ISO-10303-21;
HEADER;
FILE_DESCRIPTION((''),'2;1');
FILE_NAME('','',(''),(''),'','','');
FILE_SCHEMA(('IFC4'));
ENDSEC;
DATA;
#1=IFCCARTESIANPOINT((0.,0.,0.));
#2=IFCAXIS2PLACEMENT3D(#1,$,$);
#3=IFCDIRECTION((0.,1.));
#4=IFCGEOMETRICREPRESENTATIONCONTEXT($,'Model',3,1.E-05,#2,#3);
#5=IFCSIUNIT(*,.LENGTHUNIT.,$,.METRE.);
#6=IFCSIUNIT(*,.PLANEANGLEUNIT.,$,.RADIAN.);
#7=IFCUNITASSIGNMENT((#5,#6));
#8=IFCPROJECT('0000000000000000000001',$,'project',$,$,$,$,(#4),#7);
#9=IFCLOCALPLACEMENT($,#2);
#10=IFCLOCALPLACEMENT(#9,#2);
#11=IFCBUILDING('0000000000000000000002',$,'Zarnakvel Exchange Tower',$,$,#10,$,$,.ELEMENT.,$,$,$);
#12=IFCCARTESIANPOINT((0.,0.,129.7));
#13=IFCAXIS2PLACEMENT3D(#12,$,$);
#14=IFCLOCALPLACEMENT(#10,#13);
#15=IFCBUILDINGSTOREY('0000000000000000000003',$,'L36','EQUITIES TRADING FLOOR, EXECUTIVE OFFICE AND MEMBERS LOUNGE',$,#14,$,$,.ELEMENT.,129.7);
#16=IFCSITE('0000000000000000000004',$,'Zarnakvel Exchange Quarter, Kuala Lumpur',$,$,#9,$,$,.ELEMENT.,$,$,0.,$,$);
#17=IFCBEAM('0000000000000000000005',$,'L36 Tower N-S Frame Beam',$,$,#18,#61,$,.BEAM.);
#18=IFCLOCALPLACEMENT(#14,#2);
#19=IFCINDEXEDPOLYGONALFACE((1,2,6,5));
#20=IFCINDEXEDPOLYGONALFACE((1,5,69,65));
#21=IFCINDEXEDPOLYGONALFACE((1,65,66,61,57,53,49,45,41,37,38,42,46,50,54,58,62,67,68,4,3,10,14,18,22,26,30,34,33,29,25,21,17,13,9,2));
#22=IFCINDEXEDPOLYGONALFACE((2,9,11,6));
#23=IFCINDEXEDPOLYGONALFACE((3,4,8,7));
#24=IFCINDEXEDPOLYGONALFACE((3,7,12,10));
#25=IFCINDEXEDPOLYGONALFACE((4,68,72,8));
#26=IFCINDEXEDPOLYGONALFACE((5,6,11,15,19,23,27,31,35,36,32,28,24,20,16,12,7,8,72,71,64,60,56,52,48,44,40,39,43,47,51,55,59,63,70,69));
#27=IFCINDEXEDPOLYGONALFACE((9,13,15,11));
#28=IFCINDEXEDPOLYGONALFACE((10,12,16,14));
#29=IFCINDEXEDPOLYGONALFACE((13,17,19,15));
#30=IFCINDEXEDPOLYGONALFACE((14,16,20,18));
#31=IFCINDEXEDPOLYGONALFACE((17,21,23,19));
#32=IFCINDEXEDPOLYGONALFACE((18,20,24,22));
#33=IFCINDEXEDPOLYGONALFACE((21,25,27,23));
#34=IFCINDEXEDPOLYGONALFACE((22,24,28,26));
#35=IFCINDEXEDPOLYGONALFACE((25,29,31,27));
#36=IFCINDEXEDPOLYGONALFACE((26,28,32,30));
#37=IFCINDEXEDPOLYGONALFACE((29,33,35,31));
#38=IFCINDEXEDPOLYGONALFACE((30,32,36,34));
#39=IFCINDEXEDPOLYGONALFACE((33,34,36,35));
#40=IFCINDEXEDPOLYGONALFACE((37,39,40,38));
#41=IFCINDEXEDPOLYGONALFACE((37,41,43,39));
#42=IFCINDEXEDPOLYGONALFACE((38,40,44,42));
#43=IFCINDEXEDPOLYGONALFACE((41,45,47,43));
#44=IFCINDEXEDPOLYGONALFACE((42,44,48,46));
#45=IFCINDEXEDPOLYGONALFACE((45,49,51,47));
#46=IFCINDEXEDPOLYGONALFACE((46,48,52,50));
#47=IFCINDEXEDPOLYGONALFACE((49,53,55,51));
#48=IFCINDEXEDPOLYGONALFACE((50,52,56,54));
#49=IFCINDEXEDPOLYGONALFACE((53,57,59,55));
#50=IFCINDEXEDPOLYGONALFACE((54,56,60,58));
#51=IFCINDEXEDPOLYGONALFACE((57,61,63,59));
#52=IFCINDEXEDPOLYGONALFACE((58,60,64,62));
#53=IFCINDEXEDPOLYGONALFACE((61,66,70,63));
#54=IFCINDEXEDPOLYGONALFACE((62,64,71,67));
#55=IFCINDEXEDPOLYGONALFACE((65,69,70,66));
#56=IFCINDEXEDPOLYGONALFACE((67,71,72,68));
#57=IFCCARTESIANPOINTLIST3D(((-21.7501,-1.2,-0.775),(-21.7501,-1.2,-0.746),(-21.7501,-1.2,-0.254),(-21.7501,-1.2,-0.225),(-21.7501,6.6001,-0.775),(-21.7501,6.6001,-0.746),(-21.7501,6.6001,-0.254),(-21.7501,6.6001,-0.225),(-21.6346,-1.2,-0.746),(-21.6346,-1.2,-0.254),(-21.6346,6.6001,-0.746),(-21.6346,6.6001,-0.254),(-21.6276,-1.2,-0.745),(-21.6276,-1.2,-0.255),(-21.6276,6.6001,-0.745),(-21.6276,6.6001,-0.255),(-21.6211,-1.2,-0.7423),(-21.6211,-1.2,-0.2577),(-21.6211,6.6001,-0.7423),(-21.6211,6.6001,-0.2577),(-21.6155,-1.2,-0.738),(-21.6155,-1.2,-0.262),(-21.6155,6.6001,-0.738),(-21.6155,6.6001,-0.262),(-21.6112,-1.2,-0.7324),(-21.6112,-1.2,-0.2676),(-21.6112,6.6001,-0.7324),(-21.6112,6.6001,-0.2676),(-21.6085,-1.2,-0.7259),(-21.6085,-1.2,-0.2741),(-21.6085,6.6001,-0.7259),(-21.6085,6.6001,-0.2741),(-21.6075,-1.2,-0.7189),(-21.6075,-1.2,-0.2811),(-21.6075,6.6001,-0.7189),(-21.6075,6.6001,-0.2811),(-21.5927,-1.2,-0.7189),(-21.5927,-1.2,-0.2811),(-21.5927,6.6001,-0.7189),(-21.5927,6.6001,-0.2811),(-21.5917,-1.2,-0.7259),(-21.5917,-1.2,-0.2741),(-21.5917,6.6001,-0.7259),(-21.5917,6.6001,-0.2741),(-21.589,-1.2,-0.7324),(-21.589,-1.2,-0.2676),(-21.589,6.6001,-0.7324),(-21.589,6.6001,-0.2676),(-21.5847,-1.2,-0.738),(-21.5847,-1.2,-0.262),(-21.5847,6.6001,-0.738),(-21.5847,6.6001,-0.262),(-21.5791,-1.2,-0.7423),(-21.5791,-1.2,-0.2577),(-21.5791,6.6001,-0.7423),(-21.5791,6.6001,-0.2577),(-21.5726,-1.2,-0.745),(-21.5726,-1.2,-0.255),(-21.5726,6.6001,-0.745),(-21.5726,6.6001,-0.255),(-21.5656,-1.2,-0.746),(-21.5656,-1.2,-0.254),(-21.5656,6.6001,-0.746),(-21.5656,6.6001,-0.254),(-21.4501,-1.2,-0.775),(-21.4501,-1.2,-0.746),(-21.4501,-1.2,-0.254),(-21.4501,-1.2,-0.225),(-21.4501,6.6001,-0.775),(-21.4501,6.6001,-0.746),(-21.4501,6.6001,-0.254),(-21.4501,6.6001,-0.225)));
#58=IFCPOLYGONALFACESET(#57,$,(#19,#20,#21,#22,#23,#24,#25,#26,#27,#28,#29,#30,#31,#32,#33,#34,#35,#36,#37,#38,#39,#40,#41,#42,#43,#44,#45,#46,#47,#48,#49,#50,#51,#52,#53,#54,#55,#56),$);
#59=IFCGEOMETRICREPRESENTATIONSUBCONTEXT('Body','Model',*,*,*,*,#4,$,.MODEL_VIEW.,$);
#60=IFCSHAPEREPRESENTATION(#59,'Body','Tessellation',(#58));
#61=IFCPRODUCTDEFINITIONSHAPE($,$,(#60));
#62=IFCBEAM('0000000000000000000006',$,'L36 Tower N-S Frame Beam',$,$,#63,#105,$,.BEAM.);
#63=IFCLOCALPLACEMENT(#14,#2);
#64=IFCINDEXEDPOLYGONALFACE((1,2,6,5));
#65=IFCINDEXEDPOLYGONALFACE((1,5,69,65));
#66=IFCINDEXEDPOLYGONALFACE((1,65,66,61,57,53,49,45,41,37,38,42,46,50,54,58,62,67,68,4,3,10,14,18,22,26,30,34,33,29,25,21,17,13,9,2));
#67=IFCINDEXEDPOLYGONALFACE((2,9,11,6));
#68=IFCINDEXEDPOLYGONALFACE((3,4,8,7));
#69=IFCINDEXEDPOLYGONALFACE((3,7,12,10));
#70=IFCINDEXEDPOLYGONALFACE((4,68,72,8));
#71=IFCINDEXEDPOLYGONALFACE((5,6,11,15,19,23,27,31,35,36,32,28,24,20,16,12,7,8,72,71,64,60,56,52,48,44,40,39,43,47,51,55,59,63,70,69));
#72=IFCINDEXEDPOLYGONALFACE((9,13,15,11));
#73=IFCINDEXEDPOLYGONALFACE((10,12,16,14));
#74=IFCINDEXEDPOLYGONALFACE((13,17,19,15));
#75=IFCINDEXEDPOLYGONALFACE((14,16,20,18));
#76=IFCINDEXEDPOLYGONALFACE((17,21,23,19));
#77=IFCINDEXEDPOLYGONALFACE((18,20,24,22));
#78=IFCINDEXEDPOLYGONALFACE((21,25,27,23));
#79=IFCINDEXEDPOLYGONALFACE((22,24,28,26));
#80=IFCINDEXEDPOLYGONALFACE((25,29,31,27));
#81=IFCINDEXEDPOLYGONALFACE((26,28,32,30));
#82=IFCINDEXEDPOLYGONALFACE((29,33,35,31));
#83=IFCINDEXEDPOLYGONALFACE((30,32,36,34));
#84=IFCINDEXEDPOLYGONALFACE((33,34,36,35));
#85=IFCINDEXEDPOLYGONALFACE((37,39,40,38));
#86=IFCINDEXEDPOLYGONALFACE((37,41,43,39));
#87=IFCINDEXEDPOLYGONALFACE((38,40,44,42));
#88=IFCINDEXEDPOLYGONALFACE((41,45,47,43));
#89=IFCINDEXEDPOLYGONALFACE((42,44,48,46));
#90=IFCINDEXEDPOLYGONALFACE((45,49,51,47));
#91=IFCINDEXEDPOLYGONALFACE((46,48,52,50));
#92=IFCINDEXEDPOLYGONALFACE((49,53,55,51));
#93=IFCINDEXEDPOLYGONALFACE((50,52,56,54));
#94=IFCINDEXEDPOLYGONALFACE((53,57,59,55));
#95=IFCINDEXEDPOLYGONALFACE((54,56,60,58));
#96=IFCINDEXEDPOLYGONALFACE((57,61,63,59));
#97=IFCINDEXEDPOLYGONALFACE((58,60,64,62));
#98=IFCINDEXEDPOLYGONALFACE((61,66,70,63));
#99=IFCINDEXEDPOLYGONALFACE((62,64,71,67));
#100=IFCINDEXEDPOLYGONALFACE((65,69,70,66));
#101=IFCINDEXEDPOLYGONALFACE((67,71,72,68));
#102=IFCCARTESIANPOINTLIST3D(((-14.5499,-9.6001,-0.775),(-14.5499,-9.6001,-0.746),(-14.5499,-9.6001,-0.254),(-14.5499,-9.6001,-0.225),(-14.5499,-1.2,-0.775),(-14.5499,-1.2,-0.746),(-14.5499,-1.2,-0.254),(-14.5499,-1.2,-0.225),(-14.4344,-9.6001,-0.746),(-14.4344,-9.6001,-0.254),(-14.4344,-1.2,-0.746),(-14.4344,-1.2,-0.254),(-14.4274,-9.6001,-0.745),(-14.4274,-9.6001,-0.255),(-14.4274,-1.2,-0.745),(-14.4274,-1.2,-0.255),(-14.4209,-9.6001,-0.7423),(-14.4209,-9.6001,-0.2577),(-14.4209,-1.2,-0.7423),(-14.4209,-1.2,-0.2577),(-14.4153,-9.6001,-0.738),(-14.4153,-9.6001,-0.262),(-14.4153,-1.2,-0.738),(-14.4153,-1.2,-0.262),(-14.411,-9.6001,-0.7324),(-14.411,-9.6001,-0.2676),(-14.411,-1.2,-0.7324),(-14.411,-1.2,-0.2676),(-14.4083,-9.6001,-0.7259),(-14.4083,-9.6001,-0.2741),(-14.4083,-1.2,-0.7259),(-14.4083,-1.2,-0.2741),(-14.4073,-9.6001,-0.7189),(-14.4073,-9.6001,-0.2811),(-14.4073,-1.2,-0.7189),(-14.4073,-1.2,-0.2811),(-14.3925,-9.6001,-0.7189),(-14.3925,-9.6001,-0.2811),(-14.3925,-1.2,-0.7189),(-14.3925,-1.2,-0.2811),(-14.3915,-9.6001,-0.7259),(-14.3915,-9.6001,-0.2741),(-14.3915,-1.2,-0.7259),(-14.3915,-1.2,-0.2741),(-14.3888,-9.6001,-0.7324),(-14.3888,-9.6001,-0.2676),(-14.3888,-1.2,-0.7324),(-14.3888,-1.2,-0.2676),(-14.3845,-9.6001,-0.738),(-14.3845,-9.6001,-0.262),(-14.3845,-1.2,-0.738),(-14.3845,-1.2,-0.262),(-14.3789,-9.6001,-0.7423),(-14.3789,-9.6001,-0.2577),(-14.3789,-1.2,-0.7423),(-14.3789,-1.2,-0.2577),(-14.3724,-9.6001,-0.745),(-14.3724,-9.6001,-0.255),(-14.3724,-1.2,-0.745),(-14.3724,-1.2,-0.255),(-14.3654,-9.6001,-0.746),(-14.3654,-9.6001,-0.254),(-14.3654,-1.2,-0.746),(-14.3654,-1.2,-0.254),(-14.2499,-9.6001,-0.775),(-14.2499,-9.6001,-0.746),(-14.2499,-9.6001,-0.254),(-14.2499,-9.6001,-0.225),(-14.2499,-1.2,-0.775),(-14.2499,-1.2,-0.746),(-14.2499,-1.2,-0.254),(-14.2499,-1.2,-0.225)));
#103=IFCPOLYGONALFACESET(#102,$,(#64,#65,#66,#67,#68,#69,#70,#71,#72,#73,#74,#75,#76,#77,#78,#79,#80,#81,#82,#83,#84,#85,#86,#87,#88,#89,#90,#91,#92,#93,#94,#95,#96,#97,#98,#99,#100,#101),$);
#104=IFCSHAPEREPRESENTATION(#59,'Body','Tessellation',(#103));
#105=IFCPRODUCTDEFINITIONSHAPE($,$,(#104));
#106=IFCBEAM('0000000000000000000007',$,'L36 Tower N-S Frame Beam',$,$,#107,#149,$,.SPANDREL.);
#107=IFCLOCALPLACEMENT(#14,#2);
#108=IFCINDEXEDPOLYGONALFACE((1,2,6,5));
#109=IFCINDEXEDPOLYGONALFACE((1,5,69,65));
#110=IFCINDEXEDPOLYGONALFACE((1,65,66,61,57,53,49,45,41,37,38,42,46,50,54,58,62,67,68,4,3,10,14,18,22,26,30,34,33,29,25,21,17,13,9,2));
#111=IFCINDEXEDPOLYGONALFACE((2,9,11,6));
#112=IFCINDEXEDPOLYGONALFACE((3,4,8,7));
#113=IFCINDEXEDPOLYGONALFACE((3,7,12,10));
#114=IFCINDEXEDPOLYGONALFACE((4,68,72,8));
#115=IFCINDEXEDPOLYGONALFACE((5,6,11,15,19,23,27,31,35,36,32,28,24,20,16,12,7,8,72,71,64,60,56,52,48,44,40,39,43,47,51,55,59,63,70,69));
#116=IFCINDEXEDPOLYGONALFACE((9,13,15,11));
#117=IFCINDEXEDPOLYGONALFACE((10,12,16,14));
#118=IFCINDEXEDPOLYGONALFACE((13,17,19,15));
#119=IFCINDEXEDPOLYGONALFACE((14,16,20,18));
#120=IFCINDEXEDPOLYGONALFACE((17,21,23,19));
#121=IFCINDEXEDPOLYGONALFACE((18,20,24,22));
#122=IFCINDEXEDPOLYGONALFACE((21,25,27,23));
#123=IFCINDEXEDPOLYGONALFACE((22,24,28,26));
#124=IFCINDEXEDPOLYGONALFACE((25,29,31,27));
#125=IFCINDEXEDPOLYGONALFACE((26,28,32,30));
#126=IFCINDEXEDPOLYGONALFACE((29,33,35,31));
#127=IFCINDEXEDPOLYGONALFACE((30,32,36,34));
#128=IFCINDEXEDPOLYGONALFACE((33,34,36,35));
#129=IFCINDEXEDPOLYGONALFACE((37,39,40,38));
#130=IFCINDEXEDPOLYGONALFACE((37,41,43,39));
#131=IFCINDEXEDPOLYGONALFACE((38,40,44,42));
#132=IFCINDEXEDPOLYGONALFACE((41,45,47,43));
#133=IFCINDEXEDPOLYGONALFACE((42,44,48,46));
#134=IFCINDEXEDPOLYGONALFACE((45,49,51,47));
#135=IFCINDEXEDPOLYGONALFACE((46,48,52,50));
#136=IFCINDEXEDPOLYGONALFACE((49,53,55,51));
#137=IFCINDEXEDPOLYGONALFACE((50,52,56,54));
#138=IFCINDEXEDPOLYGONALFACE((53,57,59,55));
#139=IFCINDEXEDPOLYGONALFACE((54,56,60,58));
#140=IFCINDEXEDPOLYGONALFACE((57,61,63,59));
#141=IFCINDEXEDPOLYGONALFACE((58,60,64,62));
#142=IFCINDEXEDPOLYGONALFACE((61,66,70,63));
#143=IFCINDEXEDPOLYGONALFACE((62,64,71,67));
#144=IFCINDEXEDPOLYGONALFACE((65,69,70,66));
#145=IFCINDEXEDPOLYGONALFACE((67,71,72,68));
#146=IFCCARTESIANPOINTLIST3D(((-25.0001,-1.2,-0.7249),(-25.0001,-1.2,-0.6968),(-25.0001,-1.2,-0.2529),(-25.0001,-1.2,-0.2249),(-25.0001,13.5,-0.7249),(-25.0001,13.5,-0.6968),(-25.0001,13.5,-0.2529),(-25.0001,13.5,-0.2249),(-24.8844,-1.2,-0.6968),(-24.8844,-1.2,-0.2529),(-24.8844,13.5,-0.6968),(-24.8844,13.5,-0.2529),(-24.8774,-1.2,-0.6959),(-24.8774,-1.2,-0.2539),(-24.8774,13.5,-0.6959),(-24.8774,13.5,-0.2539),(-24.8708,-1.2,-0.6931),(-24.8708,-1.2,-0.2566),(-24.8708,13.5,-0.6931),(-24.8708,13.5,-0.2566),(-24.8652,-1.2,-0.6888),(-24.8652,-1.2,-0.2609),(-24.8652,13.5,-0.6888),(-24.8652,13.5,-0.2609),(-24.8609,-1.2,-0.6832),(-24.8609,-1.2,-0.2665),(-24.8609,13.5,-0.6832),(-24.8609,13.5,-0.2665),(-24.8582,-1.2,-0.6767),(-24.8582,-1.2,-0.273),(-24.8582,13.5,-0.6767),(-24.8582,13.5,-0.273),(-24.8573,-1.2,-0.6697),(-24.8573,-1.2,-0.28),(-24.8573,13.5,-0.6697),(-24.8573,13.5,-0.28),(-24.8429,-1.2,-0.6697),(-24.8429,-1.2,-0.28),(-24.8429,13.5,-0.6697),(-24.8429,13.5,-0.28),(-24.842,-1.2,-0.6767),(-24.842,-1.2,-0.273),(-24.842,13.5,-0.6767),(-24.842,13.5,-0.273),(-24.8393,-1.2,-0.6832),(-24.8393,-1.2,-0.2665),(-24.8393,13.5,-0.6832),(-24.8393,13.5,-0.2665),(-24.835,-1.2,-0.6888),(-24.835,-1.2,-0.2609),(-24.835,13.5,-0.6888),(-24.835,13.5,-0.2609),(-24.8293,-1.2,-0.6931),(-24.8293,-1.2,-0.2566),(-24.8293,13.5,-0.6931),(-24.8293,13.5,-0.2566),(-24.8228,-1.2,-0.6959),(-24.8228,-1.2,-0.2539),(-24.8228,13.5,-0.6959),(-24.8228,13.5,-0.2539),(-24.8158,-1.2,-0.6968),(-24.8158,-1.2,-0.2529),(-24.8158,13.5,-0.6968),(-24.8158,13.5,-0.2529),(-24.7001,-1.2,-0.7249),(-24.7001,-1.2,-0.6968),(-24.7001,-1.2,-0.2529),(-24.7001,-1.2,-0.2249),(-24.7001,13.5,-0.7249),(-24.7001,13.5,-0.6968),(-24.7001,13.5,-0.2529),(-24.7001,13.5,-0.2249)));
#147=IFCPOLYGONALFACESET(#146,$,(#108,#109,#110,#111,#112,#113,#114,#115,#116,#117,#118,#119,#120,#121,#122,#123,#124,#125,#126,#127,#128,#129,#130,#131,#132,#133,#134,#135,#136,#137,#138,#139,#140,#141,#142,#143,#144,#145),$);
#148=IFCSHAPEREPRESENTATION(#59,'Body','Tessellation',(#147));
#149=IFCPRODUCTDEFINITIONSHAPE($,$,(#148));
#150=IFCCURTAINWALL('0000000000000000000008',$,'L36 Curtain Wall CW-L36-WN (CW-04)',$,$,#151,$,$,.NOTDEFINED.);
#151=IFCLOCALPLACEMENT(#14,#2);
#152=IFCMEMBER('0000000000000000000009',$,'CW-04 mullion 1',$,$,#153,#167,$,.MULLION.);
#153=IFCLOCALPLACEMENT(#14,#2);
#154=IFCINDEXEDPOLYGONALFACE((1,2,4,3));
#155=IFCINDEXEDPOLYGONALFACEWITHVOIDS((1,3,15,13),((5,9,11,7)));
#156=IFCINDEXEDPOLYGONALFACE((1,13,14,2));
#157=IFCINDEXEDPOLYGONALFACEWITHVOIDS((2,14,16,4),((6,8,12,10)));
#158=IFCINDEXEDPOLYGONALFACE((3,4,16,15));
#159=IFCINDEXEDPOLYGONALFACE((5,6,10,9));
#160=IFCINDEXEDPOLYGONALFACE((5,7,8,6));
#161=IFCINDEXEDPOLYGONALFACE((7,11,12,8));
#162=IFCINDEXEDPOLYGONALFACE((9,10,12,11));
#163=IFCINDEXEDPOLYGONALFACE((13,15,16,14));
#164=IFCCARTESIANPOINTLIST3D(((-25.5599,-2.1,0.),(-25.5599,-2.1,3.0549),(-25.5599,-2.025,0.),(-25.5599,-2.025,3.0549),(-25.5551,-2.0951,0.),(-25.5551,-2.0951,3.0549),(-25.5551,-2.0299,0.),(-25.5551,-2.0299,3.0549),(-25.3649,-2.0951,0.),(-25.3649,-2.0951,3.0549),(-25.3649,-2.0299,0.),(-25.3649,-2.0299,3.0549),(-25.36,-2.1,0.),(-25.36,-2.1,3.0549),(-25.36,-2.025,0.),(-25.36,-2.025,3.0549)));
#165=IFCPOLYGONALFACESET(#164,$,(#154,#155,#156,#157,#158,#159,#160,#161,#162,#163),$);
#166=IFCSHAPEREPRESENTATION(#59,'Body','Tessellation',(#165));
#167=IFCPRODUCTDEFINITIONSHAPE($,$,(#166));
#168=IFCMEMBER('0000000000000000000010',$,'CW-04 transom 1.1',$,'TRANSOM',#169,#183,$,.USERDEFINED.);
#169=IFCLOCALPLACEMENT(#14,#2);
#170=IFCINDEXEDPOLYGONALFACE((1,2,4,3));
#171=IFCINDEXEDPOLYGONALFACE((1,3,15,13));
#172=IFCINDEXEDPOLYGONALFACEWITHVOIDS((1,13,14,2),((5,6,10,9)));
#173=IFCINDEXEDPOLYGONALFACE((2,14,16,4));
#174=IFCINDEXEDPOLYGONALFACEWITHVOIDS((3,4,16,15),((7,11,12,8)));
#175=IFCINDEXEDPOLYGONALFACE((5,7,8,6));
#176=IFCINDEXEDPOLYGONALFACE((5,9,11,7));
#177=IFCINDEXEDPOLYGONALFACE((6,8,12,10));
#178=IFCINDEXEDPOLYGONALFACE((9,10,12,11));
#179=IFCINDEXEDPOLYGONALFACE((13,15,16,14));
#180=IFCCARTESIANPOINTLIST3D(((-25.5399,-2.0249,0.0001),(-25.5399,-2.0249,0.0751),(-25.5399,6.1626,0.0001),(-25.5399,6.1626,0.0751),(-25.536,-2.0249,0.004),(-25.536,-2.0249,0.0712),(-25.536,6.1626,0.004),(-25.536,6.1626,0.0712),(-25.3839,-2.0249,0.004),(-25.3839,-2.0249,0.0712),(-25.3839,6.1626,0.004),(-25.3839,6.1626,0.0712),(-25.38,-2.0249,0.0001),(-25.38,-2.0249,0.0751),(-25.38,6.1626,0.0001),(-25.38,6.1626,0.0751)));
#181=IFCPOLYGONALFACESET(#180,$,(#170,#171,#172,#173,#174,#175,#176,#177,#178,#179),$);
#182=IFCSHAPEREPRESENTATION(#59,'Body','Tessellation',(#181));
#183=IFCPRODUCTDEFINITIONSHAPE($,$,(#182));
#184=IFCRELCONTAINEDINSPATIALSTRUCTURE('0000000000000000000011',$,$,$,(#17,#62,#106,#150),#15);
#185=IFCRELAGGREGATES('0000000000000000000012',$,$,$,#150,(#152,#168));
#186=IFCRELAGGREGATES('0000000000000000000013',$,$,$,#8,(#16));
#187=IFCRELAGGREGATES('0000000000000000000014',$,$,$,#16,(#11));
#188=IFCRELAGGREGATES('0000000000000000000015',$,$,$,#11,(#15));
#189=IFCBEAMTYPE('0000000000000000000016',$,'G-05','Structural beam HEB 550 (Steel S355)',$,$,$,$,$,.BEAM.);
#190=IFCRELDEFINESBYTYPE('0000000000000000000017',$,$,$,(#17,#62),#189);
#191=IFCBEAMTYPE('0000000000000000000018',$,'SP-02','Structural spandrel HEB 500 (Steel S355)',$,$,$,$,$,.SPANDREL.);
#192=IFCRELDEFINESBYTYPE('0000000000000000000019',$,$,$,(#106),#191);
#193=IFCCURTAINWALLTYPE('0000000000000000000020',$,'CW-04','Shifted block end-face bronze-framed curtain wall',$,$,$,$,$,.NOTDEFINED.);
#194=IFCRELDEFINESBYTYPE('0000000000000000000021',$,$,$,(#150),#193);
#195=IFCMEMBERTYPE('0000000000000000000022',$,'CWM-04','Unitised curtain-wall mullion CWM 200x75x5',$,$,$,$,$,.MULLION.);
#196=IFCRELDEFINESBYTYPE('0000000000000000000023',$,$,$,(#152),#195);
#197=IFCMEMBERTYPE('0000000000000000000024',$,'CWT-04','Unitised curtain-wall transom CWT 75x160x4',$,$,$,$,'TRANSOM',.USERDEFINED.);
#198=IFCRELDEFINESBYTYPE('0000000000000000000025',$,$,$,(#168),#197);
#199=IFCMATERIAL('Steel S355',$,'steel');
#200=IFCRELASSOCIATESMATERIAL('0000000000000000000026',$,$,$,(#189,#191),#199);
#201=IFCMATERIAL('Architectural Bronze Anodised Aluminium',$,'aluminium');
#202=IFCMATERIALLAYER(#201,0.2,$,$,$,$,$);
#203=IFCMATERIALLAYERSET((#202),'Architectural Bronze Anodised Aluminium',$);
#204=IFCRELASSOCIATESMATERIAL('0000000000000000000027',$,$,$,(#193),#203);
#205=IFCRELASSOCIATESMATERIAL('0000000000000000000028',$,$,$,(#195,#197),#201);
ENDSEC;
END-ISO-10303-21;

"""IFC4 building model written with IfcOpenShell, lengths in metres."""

from ifc_helpers import new_model, si_unit, direction, frame, origin, origin_2d, place, context, subcontext, project, spatial, hollow_rectangle, i_section, extrude, source, transform, mapped, material, layer, layer_set, material_profile, profile_set, type_object, element, aggregate, save


model = new_model("IFC4")

# Units and contexts
model_context = context("Model", 3, precision=1e-05, world=origin(), true_north=direction((0.0, 1.0)))
body_context = subcontext(model_context, "Body", "Model", "MODEL_VIEW")
ifc_project = project(units=[si_unit("LENGTHUNIT", "METRE"), si_unit("PLANEANGLEUNIT", "RADIAN")], contexts=[model_context])

# Site, building, storey
site_placement = place(None, origin())
site = spatial("IfcSite", under=ifc_project, at=site_placement, Name="Zarnakvel Exchange Quarter, Kuala Lumpur", CompositionType="ELEMENT", RefElevation=0.0)
building_placement = place(site_placement, origin())
building = spatial("IfcBuilding", under=site, at=building_placement, Name="Zarnakvel Exchange Tower", CompositionType="ELEMENT")
storey_placement = place(building_placement, frame((0.0, 0.0, 129.7)))
storey = spatial("IfcBuildingStorey", under=building, at=storey_placement, Name="L36", Description="EQUITIES TRADING FLOOR, EXECUTIVE OFFICE AND MEMBERS LOUNGE", CompositionType="ELEMENT", Elevation=129.7)

# Shared definitions
ifc_material_1 = material(Name="Steel S355", Category="steel")

# Beams
ifc_material_profile_1 = material_profile(ifc_material_1, i_section(OverallWidth=0.3, OverallDepth=0.55, WebThickness=0.0149, FlangeThickness=0.0291, FilletRadius=0.0271, at=origin_2d()))
ifc_profile_set_1 = profile_set([ifc_material_profile_1], Name="Steel S355")
beam_type_1 = type_object("IfcBeamType", Name="G-05", Description="Structural beam HEB 550 (Steel S355)", PredefinedType="BEAM", material=ifc_profile_set_1)
beam_1_placement = place(storey_placement, frame((-21.6001, -1.2, -0.5), z_axis=(0.0, 1.0, 0.0), x_axis=(-1.0, 0.0, 0.0)))
element("IfcBeam", 1, at=beam_1_placement, inside=storey, type_object=beam_type_1, Name="L36 Tower N-S Frame Beam", PredefinedType="BEAM", context=body_context, shape_type="SweptSolid", body=[
    extrude(i_section(OverallWidth=0.3, OverallDepth=0.55, WebThickness=0.0149, FlangeThickness=0.0291, FilletRadius=0.0271, at=origin_2d()), origin(), (0.0, 0.0, 1.0), 7.8),
])
beam_2_placement = place(storey_placement, frame((-14.3999, -9.6001, -0.5), z_axis=(0.0, 1.0, 0.0), x_axis=(-1.0, 0.0, 0.0)))
element("IfcBeam", 2, at=beam_2_placement, inside=storey, type_object=beam_type_1, Name="L36 Tower N-S Frame Beam", PredefinedType="BEAM", context=body_context, shape_type="SweptSolid", body=[
    extrude(i_section(OverallWidth=0.3, OverallDepth=0.55, WebThickness=0.0149, FlangeThickness=0.0291, FilletRadius=0.0271, at=origin_2d()), origin(), (0.0, 0.0, 1.0), 8.4001),
])
ifc_material_profile_2 = material_profile(ifc_material_1, i_section(OverallWidth=0.3, OverallDepth=0.5, WebThickness=0.0144, FlangeThickness=0.0281, FilletRadius=0.0271, at=origin_2d()))
ifc_profile_set_2 = profile_set([ifc_material_profile_2], Name="Steel S355")
beam_type_2 = type_object("IfcBeamType", Name="SP-02", Description="Structural spandrel HEB 500 (Steel S355)", PredefinedType="SPANDREL", material=ifc_profile_set_2)
beam_3_placement = place(storey_placement, frame((-24.8501, -1.2, -0.4749), z_axis=(0.0, 1.0, 0.0), x_axis=(-1.0, 0.0, 0.0)))
element("IfcBeam", 3, at=beam_3_placement, inside=storey, type_object=beam_type_2, Name="L36 Tower N-S Frame Beam", PredefinedType="SPANDREL", context=body_context, shape_type="SweptSolid", body=[
    extrude(i_section(OverallWidth=0.3, OverallDepth=0.5, WebThickness=0.0144, FlangeThickness=0.0281, FilletRadius=0.0271, at=origin_2d()), origin(), (0.0, 0.0, 1.0), 14.7),
])

# Curtain wall, members
ifc_material_2 = material(Name="Architectural Bronze Anodised Aluminium", Category="aluminium")
ifc_layer_1 = layer(ifc_material_2, 0.2)
ifc_layer_set_1 = layer_set([ifc_layer_1], Name="Architectural Bronze Anodised Aluminium")
curtain_wall_type = type_object("IfcCurtainWallType", Name="CW-04", Description="Shifted block end-face bronze-framed curtain wall", PredefinedType="NOTDEFINED", material=ifc_layer_set_1)
curtain_wall_placement = place(storey_placement, origin())
curtain_wall = element("IfcCurtainWall", 4, at=curtain_wall_placement, inside=storey, type_object=curtain_wall_type, Name="L36 Curtain Wall CW-L36-WN (CW-04)", PredefinedType="NOTDEFINED")
ifc_material_profile_3 = material_profile(ifc_material_2, hollow_rectangle(XDim=0.2, YDim=0.075, WallThickness=0.0049, at=origin_2d()))
ifc_profile_set_3 = profile_set([ifc_material_profile_3], Name="Architectural Bronze Anodised Aluminium")
member_type_1 = type_object("IfcMemberType", Name="CWM-04", Description="Unitised curtain-wall mullion CWM 200x75x5", PredefinedType="MULLION", material=ifc_profile_set_3)
shared_shape_1 = source(origin(), body_context, "Body", "SweptSolid", [
    extrude(hollow_rectangle(XDim=0.2, YDim=0.075, WallThickness=0.0049, at=origin_2d()), origin(), (0.0, 0.0, 1.0), 3.0549),
])
member_1_placement = place(storey_placement, frame((-25.46, -2.0625, 0.0), z_axis=(0.0, 0.0, 1.0), x_axis=(-1.0, 0.0, 0.0)))
member_1 = element("IfcMember", 5, at=member_1_placement, type_object=member_type_1, Name="CW-04 mullion 1", PredefinedType="MULLION", context=body_context, shape_type="MappedRepresentation", body=[
    mapped(shared_shape_1, transform((0.0, 0.0, 0.0), x_axis=(1.0, 0.0, 0.0), y_axis=(0.0, 1.0, 0.0), z_axis=(0.0, 0.0, 1.0), scale=1.0)),
])
ifc_material_profile_4 = material_profile(ifc_material_2, hollow_rectangle(XDim=0.1599, YDim=0.075, WallThickness=0.0039, at=origin_2d()))
ifc_profile_set_4 = profile_set([ifc_material_profile_4], Name="Architectural Bronze Anodised Aluminium")
member_type_2 = type_object("IfcMemberType", Name="CWT-04", Description="Unitised curtain-wall transom CWT 75x160x4", ElementType="TRANSOM", PredefinedType="USERDEFINED", material=ifc_profile_set_4)
shared_shape_2 = source(origin(), body_context, "Body", "SweptSolid", [
    extrude(hollow_rectangle(XDim=0.1599, YDim=0.075, WallThickness=0.0039, at=origin_2d()), origin(), (0.0, 0.0, 1.0), 8.1875),
])
member_2_placement = place(storey_placement, frame((-25.46, -2.0249, 0.0376), z_axis=(0.0, 1.0, 0.0), x_axis=(-1.0, 0.0, 0.0)))
member_2 = element("IfcMember", 6, at=member_2_placement, type_object=member_type_2, Name="CW-04 transom 1.1", ObjectType="TRANSOM", PredefinedType="USERDEFINED", context=body_context, shape_type="MappedRepresentation", body=[
    mapped(shared_shape_2, transform((0.0, 0.0, 0.0), x_axis=(1.0, 0.0, 0.0), y_axis=(0.0, 1.0, 0.0), z_axis=(0.0, 0.0, 1.0), scale=1.0)),
])
aggregate(curtain_wall, [member_1, member_2])

save(model, "model.ifc")
